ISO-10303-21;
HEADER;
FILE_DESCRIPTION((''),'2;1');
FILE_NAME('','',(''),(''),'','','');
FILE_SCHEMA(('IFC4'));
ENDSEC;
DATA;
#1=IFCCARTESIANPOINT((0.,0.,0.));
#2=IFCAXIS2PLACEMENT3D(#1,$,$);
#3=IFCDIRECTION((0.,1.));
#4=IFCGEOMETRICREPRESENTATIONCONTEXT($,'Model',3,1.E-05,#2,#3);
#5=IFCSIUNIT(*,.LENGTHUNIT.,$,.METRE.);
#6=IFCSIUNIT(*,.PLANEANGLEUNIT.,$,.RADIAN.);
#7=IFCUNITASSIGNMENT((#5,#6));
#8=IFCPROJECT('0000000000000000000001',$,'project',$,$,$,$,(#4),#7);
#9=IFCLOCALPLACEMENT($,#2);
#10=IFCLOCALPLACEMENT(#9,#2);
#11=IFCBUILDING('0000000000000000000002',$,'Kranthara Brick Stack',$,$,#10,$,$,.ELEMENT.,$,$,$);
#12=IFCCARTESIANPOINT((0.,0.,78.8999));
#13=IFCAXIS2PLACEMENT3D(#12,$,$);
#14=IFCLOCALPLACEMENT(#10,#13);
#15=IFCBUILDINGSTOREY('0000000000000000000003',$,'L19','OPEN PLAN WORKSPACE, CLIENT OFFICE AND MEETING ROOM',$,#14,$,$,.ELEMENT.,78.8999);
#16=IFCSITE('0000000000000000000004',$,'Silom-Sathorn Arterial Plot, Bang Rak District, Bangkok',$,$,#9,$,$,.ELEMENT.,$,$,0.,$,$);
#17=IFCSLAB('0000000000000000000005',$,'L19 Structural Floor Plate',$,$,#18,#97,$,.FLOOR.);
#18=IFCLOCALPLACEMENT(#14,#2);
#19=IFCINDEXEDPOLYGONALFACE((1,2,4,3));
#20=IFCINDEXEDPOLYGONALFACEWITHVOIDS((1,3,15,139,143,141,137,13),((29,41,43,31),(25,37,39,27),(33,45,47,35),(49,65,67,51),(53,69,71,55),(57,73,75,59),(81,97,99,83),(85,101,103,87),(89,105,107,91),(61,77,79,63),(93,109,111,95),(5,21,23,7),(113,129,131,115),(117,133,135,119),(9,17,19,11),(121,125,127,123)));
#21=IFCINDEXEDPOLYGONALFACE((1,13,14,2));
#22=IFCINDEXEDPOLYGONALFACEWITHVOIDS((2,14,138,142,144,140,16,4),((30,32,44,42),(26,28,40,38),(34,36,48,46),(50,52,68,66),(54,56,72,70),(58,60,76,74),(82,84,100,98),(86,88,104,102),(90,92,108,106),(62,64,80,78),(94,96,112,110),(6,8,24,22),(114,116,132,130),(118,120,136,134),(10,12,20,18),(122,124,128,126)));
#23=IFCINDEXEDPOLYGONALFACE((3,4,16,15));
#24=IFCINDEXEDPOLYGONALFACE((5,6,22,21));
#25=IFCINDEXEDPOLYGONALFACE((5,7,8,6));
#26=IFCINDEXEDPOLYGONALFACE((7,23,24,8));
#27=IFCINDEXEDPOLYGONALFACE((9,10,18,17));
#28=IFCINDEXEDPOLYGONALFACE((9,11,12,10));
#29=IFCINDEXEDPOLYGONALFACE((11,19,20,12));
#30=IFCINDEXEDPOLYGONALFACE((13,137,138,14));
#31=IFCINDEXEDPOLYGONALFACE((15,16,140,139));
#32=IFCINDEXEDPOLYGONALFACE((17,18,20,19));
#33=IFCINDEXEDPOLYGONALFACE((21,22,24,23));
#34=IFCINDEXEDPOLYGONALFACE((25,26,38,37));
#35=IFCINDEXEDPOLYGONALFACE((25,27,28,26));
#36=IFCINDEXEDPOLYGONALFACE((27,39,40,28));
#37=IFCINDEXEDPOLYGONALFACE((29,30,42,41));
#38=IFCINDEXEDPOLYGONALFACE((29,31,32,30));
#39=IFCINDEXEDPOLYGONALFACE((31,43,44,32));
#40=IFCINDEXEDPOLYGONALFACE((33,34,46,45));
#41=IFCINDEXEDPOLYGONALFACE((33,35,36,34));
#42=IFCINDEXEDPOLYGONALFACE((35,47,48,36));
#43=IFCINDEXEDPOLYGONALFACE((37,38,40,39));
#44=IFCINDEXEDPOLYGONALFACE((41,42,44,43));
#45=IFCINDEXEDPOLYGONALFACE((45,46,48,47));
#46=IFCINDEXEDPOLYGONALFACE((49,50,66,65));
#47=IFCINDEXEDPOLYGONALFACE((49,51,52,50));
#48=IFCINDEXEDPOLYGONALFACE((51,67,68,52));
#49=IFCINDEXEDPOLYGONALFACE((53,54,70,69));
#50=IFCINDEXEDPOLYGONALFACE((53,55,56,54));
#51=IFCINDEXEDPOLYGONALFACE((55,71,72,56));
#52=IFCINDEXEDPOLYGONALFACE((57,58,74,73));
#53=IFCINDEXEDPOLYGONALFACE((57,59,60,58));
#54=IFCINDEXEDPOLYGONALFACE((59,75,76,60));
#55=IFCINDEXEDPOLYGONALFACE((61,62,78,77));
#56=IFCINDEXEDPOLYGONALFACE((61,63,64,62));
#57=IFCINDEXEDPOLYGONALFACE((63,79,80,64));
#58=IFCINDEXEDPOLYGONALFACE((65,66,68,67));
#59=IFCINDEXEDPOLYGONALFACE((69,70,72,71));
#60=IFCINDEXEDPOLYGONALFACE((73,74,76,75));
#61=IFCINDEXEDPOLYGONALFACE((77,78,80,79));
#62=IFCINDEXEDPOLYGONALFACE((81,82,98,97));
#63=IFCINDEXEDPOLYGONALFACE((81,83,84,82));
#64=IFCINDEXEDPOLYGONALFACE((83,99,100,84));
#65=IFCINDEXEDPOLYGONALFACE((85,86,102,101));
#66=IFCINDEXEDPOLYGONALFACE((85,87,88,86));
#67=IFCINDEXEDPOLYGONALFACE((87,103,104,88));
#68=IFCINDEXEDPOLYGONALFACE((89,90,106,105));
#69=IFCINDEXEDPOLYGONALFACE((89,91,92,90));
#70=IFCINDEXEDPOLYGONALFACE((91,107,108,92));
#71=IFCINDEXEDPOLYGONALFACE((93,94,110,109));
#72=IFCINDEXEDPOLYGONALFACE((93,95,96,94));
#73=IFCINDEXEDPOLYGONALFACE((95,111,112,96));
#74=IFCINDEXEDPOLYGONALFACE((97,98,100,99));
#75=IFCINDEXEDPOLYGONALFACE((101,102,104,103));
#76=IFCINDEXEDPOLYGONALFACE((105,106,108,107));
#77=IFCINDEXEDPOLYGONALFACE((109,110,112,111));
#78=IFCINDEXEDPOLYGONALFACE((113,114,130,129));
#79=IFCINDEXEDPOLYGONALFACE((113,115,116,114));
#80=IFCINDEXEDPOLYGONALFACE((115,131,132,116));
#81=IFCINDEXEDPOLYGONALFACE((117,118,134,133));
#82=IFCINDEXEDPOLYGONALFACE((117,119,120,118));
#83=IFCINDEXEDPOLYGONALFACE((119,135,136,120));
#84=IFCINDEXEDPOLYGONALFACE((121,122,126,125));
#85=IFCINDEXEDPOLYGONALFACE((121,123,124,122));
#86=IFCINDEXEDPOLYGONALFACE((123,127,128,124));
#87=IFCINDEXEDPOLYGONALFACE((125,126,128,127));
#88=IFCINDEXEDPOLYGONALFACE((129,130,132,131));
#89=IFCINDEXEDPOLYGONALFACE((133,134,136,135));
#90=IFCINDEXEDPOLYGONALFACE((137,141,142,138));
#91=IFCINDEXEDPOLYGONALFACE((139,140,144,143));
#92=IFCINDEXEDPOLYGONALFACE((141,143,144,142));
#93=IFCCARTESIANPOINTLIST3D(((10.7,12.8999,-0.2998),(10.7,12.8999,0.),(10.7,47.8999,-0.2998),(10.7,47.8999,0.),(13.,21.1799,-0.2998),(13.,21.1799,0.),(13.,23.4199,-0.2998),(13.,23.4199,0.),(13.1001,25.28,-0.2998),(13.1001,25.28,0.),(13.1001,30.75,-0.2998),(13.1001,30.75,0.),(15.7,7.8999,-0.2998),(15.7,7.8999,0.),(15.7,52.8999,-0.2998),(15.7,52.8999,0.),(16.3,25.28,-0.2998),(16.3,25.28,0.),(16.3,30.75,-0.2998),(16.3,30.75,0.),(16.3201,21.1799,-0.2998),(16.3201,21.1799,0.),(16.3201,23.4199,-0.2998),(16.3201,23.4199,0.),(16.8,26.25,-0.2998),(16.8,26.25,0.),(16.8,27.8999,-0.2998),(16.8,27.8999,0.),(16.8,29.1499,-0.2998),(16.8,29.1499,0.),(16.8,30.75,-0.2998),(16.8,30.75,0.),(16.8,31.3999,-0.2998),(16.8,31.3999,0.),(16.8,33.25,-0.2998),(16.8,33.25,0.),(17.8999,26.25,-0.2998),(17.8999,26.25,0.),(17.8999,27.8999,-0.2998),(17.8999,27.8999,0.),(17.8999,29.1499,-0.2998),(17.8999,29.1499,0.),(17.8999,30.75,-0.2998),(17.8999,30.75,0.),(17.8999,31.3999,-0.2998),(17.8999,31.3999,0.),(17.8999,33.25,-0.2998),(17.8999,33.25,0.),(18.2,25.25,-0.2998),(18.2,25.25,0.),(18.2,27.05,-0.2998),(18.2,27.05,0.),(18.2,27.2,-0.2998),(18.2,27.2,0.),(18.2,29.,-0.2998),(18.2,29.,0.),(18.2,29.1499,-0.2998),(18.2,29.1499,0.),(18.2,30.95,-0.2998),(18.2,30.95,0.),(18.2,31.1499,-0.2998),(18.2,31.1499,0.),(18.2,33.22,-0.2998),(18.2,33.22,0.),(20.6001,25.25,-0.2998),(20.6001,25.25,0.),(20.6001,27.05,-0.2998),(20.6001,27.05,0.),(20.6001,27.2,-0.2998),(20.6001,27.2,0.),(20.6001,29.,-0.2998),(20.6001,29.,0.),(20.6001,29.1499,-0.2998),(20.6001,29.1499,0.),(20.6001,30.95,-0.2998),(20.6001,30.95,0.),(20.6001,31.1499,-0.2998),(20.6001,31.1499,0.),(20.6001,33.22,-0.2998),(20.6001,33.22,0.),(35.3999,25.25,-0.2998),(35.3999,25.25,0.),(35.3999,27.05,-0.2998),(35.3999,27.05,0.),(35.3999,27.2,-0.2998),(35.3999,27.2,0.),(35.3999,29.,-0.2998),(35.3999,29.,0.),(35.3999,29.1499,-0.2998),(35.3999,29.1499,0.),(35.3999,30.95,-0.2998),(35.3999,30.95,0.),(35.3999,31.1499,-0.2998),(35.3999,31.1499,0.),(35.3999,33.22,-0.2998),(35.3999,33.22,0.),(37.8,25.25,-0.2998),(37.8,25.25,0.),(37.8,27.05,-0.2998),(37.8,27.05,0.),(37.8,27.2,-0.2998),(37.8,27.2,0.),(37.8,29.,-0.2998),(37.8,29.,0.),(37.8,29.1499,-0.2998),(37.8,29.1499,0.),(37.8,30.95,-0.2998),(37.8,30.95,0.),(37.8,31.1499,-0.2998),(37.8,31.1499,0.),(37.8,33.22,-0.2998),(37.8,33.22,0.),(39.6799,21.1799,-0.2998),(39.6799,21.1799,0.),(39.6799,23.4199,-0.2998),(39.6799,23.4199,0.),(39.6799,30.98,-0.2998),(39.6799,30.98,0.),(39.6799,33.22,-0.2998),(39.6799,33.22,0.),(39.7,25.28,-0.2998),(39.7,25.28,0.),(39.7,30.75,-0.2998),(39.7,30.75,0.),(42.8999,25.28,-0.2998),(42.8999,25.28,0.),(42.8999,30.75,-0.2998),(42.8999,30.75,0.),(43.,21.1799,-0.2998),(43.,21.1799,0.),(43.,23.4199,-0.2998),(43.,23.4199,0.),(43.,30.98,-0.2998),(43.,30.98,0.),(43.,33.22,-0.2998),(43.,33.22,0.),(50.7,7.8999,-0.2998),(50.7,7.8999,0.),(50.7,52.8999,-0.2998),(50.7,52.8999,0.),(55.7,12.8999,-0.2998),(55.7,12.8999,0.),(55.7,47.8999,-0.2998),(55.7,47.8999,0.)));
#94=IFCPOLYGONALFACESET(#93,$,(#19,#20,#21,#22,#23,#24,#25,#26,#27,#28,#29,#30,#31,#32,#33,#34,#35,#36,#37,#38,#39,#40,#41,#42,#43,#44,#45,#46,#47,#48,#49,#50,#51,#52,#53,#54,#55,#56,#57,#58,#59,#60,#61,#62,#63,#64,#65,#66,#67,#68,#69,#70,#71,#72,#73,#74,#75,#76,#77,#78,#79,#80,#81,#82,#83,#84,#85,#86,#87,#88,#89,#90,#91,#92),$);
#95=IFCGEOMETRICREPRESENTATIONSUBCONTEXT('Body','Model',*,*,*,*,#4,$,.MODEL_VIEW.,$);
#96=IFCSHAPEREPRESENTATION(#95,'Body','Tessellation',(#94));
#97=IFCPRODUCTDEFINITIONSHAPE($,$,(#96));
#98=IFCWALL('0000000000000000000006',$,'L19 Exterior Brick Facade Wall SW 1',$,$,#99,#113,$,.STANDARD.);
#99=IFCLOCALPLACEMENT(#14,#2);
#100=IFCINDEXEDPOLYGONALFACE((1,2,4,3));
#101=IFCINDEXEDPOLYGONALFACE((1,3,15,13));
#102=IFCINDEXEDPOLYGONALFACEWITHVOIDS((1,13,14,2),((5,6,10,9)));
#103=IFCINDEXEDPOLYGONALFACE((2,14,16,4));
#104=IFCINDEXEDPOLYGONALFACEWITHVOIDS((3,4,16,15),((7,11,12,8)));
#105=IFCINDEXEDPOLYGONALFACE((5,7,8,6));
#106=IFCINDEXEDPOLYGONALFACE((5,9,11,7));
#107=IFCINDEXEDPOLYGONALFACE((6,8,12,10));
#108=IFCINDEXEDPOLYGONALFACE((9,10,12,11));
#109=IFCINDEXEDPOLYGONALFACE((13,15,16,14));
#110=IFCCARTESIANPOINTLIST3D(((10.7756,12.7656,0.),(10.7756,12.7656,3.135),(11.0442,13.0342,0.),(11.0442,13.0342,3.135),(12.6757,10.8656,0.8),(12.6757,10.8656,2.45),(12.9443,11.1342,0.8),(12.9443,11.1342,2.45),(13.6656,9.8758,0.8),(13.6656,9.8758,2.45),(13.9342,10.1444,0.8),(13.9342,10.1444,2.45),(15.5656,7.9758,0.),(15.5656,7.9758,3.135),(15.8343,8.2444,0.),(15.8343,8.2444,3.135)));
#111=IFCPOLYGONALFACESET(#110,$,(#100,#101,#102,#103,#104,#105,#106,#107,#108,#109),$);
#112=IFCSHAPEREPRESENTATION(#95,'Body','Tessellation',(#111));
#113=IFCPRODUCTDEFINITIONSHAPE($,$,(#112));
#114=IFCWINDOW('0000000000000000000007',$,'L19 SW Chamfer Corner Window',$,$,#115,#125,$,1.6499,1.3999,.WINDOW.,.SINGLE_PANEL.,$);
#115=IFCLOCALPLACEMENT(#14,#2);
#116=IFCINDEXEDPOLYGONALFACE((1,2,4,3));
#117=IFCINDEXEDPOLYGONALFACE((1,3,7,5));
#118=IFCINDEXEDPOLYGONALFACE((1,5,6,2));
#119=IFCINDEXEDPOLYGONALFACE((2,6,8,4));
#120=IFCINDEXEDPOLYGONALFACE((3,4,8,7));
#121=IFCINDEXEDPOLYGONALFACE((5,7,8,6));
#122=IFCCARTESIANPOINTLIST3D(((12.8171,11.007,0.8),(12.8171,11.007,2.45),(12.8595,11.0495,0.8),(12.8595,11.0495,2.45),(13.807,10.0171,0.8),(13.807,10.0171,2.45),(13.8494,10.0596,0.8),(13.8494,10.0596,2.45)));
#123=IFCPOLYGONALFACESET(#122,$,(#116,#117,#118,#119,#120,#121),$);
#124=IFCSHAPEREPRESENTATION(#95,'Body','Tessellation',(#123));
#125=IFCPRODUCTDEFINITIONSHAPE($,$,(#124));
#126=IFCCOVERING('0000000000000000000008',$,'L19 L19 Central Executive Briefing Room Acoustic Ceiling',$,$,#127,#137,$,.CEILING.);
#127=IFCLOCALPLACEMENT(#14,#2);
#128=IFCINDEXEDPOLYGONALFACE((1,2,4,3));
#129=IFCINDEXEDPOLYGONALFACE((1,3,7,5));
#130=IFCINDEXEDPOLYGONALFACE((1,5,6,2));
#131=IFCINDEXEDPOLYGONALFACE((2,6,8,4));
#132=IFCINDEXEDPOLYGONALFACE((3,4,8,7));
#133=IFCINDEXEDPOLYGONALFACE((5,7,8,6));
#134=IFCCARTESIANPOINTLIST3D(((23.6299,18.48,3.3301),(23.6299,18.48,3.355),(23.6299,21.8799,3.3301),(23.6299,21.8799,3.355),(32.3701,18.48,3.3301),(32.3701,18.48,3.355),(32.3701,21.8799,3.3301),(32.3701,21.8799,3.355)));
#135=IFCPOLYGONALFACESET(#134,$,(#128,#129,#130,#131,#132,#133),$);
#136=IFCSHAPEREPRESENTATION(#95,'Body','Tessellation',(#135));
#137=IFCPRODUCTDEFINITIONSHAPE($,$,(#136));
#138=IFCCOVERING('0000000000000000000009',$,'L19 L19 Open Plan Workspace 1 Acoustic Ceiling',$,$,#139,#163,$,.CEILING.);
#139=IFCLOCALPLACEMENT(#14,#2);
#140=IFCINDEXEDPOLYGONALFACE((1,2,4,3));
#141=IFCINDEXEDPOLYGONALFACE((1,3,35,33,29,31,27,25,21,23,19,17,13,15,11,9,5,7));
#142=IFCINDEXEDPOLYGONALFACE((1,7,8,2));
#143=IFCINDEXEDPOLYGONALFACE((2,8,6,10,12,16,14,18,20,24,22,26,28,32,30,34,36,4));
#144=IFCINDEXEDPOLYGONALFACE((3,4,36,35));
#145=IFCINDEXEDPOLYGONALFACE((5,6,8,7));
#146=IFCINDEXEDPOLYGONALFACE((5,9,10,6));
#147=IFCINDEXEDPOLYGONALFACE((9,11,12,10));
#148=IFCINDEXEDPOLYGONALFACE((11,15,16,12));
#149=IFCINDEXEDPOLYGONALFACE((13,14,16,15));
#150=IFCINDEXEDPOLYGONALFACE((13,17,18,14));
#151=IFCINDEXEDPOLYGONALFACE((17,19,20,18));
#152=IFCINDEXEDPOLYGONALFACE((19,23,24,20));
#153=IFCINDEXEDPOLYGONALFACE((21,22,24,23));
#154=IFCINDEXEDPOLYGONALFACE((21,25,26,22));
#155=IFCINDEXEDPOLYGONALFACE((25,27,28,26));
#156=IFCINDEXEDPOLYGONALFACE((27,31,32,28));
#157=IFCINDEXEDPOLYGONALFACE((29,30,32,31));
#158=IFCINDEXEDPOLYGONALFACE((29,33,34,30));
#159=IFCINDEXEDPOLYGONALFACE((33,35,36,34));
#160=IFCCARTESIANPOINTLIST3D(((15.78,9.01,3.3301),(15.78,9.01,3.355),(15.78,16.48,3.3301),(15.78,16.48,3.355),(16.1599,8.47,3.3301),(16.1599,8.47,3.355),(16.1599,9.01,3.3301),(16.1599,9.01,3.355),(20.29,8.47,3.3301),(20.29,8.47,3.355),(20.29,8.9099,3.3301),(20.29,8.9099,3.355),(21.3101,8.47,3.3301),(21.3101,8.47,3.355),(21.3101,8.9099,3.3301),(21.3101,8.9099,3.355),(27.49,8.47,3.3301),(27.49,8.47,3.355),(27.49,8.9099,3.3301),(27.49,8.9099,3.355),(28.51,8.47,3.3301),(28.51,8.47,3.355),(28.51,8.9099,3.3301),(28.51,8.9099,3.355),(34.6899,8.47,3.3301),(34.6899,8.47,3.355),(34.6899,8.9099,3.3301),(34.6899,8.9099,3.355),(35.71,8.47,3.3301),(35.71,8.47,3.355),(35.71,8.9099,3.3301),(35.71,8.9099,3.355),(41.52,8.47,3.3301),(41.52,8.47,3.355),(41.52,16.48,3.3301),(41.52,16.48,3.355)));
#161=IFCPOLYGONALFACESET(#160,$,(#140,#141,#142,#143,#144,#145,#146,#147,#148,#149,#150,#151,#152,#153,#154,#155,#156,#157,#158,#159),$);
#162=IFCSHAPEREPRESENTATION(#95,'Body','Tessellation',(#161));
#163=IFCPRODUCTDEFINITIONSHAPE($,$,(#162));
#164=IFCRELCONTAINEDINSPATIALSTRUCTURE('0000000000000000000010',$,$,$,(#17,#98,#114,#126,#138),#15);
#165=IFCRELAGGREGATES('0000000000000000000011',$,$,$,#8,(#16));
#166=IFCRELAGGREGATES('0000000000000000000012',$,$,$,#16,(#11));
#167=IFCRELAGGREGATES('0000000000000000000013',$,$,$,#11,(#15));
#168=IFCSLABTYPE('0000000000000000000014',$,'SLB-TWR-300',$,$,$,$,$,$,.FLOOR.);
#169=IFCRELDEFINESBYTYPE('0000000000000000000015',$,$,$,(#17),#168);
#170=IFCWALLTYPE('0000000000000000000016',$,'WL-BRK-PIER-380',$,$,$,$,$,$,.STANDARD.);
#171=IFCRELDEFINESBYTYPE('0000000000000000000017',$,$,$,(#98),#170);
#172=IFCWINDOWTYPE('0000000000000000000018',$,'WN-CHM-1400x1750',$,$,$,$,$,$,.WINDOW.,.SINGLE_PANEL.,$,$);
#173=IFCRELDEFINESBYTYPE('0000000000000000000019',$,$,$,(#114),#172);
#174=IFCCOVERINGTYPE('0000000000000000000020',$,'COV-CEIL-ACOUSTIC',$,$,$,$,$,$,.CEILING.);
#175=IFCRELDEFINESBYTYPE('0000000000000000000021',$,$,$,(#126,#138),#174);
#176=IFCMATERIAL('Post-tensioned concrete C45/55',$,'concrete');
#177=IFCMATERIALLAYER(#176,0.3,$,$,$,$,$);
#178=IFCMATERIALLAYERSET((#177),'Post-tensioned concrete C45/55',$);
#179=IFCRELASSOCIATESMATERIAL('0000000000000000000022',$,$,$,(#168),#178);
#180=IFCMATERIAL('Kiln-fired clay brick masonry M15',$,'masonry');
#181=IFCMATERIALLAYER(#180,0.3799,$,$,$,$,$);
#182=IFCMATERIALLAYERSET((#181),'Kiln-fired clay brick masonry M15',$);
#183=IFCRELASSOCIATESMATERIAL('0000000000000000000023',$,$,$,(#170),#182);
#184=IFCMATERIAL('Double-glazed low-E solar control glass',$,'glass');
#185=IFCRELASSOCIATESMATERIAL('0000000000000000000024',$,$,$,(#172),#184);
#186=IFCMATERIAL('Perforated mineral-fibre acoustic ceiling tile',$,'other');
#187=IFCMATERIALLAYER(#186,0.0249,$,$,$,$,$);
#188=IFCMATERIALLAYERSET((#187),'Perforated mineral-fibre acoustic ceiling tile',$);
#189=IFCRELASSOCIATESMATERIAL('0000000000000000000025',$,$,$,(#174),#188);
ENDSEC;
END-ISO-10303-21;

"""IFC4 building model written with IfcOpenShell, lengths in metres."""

from ifc_helpers import new_model, si_unit, direction, frame, frame_2d, origin, place, context, subcontext, project, spatial, polyline, rectangle, outline, extrude, material, layer, layer_set, type_object, element, fill, save


model = new_model("IFC4")

# Units and contexts
model_context = context("Model", 3, precision=1e-05, world=origin(), true_north=direction((0.0, 1.0)))
body_context = subcontext(model_context, "Body", "Model", "MODEL_VIEW")
ifc_project = project(units=[si_unit("LENGTHUNIT", "METRE"), si_unit("PLANEANGLEUNIT", "RADIAN")], contexts=[model_context])

# Site, building, storey
site_placement = place(None, origin())
site = spatial("IfcSite", under=ifc_project, at=site_placement, Name="Silom-Sathorn Arterial Plot, Bang Rak District, Bangkok", CompositionType="ELEMENT", RefElevation=0.0)
building_placement = place(site_placement, origin())
building = spatial("IfcBuilding", under=site, at=building_placement, Name="Kranthara Brick Stack", CompositionType="ELEMENT")
storey_placement = place(building_placement, frame((0.0, 0.0, 78.8999)))
storey = spatial("IfcBuildingStorey", under=building, at=storey_placement, Name="L19", Description="OPEN PLAN WORKSPACE, CLIENT OFFICE AND MEETING ROOM", CompositionType="ELEMENT", Elevation=78.8999)

# Slab
ifc_material_1 = material(Name="Post-tensioned concrete C45/55", Category="concrete")
ifc_layer_1 = layer(ifc_material_1, 0.3)
ifc_layer_set_1 = layer_set([ifc_layer_1], Name="Post-tensioned concrete C45/55")
slab_type_1 = type_object("IfcSlabType", Name="SLB-TWR-300", PredefinedType="FLOOR", material=ifc_layer_set_1)
slab_1_placement = place(storey_placement, frame((0.0, 0.0, -0.2998)))
element("IfcSlab", 1, at=slab_1_placement, inside=storey, type_object=slab_type_1, Name="L19 Structural Floor Plate", PredefinedType="FLOOR", context=body_context, shape_type="SweptSolid", body=[
    extrude(outline(polyline([(15.7, 7.8999), (50.7, 7.8999), (55.7, 12.8999), (55.7, 47.8999), (50.7, 52.8999), (15.7, 52.8999), (10.7, 47.8999), (10.7, 12.8999), (15.7, 7.8999)]), holes=[polyline([(13.1001, 25.28), (16.3, 25.28), (16.3, 30.75), (13.1001, 30.75), (13.1001, 25.28)]), polyline([(39.7, 25.28), (42.8999, 25.28), (42.8999, 30.75), (39.7, 30.75), (39.7, 25.28)]), polyline([(13.0, 21.1799), (16.3201, 21.1799), (16.3201, 23.4199), (13.0, 23.4199), (13.0, 21.1799)]), polyline([(39.6799, 21.1799), (43.0, 21.1799), (43.0, 23.4199), (39.6799, 23.4199), (39.6799, 21.1799)]), polyline([(39.6799, 30.98), (43.0, 30.98), (43.0, 33.22), (39.6799, 33.22), (39.6799, 30.98)]), polyline([(18.2, 25.25), (20.6001, 25.25), (20.6001, 27.05), (18.2, 27.05), (18.2, 25.25)]), polyline([(18.2, 27.2), (20.6001, 27.2), (20.6001, 29.0), (18.2, 29.0), (18.2, 27.2)]), polyline([(18.2, 29.1499), (20.6001, 29.1499), (20.6001, 30.95), (18.2, 30.95), (18.2, 29.1499)]), polyline([(35.3999, 25.25), (37.8, 25.25), (37.8, 27.05), (35.3999, 27.05), (35.3999, 25.25)]), polyline([(35.3999, 27.2), (37.8, 27.2), (37.8, 29.0), (35.3999, 29.0), (35.3999, 27.2)]), polyline([(35.3999, 29.1499), (37.8, 29.1499), (37.8, 30.95), (35.3999, 30.95), (35.3999, 29.1499)]), polyline([(18.2, 31.1499), (20.6001, 31.1499), (20.6001, 33.22), (18.2, 33.22), (18.2, 31.1499)]), polyline([(35.3999, 31.1499), (37.8, 31.1499), (37.8, 33.22), (35.3999, 33.22), (35.3999, 31.1499)]), polyline([(16.8, 26.25), (17.8999, 26.25), (17.8999, 27.8999), (16.8, 27.8999), (16.8, 26.25)]), polyline([(16.8, 29.1499), (17.8999, 29.1499), (17.8999, 30.75), (16.8, 30.75), (16.8, 29.1499)]), polyline([(16.8, 31.3999), (17.8999, 31.3999), (17.8999, 33.25), (16.8, 33.25), (16.8, 31.3999)])]), origin(), (0.0, 0.0, 1.0), 0.2998),
])

# Wall, opening, window
ifc_material_2 = material(Name="Kiln-fired clay brick masonry M15", Category="masonry")
ifc_layer_2 = layer(ifc_material_2, 0.3799)
ifc_layer_set_2 = layer_set([ifc_layer_2], Name="Kiln-fired clay brick masonry M15")
wall_type = type_object("IfcWallType", Name="WL-BRK-PIER-380", PredefinedType="STANDARD", material=ifc_layer_set_2)
wall_placement = place(storey_placement, frame((15.7, 8.1101, 0.0), z_axis=(0.0, 0.0, 1.0), x_axis=(-0.707125, 0.707089, 0.0)))
wall = element("IfcWall", 2, at=wall_placement, inside=storey, type_object=wall_type, Name="L19 Exterior Brick Facade Wall SW 1", PredefinedType="STANDARD", context=body_context, shape_type="SweptSolid", body=[
    extrude(rectangle(XDim=6.7739, YDim=0.3799, at=frame_2d((3.387, 0.0))), origin(), (0.0, 0.0, 1.0), 3.135),
])
opening_placement = place(wall_placement, frame((2.687, 0.0, 0.8)))
opening = element("IfcOpeningElement", 3, at=opening_placement, cuts=wall, PredefinedType="OPENING", context=body_context, shape_type="SweptSolid", body=[
    extrude(rectangle(XDim=1.3999, YDim=1.6499, at=frame_2d((0.7, 0.825))), frame((0.0, 0.2, 0.0), z_axis=(0.0, -1.0, 0.0), x_axis=(1.0, 0.0, 0.0)), (0.0, 0.0, 1.0), 0.3999),
])
ifc_material_3 = material(Name="Double-glazed low-E solar control glass", Category="glass")
window_type = type_object("IfcWindowType", Name="WN-CHM-1400x1750", PartitioningType="SINGLE_PANEL", PredefinedType="WINDOW", material=ifc_material_3)
window_placement = place(opening_placement, origin())
window = element("IfcWindow", 4, at=window_placement, inside=storey, type_object=window_type, Name="L19 SW Chamfer Corner Window", OverallHeight=1.6499, OverallWidth=1.3999, PartitioningType="SINGLE_PANEL", PredefinedType="WINDOW", context=body_context, shape_type="SweptSolid", body=[
    extrude(rectangle(XDim=1.3999, YDim=1.6499, at=frame_2d((0.7, 0.825))), frame((0.0, -0.01, 0.0), z_axis=(0.0, -1.0, 0.0), x_axis=(1.0, 0.0, 0.0)), (0.0, 0.0, 1.0), 0.0601),
])
fill(opening, window)

# Coverings
ifc_material_4 = material(Name="Perforated mineral-fibre acoustic ceiling tile", Category="other")
ifc_layer_3 = layer(ifc_material_4, 0.0249)
ifc_layer_set_3 = layer_set([ifc_layer_3], Name="Perforated mineral-fibre acoustic ceiling tile")
covering_type_1 = type_object("IfcCoveringType", Name="COV-CEIL-ACOUSTIC", PredefinedType="CEILING", material=ifc_layer_set_3)
covering_1_placement = place(storey_placement, frame((0.0, 0.0, 3.3301)))
element("IfcCovering", 5, at=covering_1_placement, inside=storey, type_object=covering_type_1, Name="L19 L19 Central Executive Briefing Room Acoustic Ceiling", PredefinedType="CEILING", context=body_context, shape_type="SweptSolid", body=[
    extrude(outline(polyline([(32.3701, 18.48), (32.3701, 21.8799), (23.6299, 21.8799), (23.6299, 18.48), (32.3701, 18.48)])), origin(), (0.0, 0.0, 1.0), 0.0249),
])
covering_2_placement = place(storey_placement, frame((0.0, 0.0, 3.3301)))
element("IfcCovering", 6, at=covering_2_placement, inside=storey, type_object=covering_type_1, Name="L19 L19 Open Plan Workspace 1 Acoustic Ceiling", PredefinedType="CEILING", context=body_context, shape_type="SweptSolid", body=[
    extrude(outline(polyline([(35.71, 8.47), (35.71, 8.9099), (34.6899, 8.9099), (34.6899, 8.47), (28.51, 8.47), (28.51, 8.9099), (27.49, 8.9099), (27.49, 8.47), (21.3101, 8.47), (21.3101, 8.9099), (20.29, 8.9099), (20.29, 8.47), (16.1599, 8.47), (16.1599, 9.01), (15.78, 9.01), (15.78, 16.48), (41.52, 16.48), (41.52, 8.47), (35.71, 8.47)])), origin(), (0.0, 0.0, 1.0), 0.0249),
])

save(model, "model.ifc")
